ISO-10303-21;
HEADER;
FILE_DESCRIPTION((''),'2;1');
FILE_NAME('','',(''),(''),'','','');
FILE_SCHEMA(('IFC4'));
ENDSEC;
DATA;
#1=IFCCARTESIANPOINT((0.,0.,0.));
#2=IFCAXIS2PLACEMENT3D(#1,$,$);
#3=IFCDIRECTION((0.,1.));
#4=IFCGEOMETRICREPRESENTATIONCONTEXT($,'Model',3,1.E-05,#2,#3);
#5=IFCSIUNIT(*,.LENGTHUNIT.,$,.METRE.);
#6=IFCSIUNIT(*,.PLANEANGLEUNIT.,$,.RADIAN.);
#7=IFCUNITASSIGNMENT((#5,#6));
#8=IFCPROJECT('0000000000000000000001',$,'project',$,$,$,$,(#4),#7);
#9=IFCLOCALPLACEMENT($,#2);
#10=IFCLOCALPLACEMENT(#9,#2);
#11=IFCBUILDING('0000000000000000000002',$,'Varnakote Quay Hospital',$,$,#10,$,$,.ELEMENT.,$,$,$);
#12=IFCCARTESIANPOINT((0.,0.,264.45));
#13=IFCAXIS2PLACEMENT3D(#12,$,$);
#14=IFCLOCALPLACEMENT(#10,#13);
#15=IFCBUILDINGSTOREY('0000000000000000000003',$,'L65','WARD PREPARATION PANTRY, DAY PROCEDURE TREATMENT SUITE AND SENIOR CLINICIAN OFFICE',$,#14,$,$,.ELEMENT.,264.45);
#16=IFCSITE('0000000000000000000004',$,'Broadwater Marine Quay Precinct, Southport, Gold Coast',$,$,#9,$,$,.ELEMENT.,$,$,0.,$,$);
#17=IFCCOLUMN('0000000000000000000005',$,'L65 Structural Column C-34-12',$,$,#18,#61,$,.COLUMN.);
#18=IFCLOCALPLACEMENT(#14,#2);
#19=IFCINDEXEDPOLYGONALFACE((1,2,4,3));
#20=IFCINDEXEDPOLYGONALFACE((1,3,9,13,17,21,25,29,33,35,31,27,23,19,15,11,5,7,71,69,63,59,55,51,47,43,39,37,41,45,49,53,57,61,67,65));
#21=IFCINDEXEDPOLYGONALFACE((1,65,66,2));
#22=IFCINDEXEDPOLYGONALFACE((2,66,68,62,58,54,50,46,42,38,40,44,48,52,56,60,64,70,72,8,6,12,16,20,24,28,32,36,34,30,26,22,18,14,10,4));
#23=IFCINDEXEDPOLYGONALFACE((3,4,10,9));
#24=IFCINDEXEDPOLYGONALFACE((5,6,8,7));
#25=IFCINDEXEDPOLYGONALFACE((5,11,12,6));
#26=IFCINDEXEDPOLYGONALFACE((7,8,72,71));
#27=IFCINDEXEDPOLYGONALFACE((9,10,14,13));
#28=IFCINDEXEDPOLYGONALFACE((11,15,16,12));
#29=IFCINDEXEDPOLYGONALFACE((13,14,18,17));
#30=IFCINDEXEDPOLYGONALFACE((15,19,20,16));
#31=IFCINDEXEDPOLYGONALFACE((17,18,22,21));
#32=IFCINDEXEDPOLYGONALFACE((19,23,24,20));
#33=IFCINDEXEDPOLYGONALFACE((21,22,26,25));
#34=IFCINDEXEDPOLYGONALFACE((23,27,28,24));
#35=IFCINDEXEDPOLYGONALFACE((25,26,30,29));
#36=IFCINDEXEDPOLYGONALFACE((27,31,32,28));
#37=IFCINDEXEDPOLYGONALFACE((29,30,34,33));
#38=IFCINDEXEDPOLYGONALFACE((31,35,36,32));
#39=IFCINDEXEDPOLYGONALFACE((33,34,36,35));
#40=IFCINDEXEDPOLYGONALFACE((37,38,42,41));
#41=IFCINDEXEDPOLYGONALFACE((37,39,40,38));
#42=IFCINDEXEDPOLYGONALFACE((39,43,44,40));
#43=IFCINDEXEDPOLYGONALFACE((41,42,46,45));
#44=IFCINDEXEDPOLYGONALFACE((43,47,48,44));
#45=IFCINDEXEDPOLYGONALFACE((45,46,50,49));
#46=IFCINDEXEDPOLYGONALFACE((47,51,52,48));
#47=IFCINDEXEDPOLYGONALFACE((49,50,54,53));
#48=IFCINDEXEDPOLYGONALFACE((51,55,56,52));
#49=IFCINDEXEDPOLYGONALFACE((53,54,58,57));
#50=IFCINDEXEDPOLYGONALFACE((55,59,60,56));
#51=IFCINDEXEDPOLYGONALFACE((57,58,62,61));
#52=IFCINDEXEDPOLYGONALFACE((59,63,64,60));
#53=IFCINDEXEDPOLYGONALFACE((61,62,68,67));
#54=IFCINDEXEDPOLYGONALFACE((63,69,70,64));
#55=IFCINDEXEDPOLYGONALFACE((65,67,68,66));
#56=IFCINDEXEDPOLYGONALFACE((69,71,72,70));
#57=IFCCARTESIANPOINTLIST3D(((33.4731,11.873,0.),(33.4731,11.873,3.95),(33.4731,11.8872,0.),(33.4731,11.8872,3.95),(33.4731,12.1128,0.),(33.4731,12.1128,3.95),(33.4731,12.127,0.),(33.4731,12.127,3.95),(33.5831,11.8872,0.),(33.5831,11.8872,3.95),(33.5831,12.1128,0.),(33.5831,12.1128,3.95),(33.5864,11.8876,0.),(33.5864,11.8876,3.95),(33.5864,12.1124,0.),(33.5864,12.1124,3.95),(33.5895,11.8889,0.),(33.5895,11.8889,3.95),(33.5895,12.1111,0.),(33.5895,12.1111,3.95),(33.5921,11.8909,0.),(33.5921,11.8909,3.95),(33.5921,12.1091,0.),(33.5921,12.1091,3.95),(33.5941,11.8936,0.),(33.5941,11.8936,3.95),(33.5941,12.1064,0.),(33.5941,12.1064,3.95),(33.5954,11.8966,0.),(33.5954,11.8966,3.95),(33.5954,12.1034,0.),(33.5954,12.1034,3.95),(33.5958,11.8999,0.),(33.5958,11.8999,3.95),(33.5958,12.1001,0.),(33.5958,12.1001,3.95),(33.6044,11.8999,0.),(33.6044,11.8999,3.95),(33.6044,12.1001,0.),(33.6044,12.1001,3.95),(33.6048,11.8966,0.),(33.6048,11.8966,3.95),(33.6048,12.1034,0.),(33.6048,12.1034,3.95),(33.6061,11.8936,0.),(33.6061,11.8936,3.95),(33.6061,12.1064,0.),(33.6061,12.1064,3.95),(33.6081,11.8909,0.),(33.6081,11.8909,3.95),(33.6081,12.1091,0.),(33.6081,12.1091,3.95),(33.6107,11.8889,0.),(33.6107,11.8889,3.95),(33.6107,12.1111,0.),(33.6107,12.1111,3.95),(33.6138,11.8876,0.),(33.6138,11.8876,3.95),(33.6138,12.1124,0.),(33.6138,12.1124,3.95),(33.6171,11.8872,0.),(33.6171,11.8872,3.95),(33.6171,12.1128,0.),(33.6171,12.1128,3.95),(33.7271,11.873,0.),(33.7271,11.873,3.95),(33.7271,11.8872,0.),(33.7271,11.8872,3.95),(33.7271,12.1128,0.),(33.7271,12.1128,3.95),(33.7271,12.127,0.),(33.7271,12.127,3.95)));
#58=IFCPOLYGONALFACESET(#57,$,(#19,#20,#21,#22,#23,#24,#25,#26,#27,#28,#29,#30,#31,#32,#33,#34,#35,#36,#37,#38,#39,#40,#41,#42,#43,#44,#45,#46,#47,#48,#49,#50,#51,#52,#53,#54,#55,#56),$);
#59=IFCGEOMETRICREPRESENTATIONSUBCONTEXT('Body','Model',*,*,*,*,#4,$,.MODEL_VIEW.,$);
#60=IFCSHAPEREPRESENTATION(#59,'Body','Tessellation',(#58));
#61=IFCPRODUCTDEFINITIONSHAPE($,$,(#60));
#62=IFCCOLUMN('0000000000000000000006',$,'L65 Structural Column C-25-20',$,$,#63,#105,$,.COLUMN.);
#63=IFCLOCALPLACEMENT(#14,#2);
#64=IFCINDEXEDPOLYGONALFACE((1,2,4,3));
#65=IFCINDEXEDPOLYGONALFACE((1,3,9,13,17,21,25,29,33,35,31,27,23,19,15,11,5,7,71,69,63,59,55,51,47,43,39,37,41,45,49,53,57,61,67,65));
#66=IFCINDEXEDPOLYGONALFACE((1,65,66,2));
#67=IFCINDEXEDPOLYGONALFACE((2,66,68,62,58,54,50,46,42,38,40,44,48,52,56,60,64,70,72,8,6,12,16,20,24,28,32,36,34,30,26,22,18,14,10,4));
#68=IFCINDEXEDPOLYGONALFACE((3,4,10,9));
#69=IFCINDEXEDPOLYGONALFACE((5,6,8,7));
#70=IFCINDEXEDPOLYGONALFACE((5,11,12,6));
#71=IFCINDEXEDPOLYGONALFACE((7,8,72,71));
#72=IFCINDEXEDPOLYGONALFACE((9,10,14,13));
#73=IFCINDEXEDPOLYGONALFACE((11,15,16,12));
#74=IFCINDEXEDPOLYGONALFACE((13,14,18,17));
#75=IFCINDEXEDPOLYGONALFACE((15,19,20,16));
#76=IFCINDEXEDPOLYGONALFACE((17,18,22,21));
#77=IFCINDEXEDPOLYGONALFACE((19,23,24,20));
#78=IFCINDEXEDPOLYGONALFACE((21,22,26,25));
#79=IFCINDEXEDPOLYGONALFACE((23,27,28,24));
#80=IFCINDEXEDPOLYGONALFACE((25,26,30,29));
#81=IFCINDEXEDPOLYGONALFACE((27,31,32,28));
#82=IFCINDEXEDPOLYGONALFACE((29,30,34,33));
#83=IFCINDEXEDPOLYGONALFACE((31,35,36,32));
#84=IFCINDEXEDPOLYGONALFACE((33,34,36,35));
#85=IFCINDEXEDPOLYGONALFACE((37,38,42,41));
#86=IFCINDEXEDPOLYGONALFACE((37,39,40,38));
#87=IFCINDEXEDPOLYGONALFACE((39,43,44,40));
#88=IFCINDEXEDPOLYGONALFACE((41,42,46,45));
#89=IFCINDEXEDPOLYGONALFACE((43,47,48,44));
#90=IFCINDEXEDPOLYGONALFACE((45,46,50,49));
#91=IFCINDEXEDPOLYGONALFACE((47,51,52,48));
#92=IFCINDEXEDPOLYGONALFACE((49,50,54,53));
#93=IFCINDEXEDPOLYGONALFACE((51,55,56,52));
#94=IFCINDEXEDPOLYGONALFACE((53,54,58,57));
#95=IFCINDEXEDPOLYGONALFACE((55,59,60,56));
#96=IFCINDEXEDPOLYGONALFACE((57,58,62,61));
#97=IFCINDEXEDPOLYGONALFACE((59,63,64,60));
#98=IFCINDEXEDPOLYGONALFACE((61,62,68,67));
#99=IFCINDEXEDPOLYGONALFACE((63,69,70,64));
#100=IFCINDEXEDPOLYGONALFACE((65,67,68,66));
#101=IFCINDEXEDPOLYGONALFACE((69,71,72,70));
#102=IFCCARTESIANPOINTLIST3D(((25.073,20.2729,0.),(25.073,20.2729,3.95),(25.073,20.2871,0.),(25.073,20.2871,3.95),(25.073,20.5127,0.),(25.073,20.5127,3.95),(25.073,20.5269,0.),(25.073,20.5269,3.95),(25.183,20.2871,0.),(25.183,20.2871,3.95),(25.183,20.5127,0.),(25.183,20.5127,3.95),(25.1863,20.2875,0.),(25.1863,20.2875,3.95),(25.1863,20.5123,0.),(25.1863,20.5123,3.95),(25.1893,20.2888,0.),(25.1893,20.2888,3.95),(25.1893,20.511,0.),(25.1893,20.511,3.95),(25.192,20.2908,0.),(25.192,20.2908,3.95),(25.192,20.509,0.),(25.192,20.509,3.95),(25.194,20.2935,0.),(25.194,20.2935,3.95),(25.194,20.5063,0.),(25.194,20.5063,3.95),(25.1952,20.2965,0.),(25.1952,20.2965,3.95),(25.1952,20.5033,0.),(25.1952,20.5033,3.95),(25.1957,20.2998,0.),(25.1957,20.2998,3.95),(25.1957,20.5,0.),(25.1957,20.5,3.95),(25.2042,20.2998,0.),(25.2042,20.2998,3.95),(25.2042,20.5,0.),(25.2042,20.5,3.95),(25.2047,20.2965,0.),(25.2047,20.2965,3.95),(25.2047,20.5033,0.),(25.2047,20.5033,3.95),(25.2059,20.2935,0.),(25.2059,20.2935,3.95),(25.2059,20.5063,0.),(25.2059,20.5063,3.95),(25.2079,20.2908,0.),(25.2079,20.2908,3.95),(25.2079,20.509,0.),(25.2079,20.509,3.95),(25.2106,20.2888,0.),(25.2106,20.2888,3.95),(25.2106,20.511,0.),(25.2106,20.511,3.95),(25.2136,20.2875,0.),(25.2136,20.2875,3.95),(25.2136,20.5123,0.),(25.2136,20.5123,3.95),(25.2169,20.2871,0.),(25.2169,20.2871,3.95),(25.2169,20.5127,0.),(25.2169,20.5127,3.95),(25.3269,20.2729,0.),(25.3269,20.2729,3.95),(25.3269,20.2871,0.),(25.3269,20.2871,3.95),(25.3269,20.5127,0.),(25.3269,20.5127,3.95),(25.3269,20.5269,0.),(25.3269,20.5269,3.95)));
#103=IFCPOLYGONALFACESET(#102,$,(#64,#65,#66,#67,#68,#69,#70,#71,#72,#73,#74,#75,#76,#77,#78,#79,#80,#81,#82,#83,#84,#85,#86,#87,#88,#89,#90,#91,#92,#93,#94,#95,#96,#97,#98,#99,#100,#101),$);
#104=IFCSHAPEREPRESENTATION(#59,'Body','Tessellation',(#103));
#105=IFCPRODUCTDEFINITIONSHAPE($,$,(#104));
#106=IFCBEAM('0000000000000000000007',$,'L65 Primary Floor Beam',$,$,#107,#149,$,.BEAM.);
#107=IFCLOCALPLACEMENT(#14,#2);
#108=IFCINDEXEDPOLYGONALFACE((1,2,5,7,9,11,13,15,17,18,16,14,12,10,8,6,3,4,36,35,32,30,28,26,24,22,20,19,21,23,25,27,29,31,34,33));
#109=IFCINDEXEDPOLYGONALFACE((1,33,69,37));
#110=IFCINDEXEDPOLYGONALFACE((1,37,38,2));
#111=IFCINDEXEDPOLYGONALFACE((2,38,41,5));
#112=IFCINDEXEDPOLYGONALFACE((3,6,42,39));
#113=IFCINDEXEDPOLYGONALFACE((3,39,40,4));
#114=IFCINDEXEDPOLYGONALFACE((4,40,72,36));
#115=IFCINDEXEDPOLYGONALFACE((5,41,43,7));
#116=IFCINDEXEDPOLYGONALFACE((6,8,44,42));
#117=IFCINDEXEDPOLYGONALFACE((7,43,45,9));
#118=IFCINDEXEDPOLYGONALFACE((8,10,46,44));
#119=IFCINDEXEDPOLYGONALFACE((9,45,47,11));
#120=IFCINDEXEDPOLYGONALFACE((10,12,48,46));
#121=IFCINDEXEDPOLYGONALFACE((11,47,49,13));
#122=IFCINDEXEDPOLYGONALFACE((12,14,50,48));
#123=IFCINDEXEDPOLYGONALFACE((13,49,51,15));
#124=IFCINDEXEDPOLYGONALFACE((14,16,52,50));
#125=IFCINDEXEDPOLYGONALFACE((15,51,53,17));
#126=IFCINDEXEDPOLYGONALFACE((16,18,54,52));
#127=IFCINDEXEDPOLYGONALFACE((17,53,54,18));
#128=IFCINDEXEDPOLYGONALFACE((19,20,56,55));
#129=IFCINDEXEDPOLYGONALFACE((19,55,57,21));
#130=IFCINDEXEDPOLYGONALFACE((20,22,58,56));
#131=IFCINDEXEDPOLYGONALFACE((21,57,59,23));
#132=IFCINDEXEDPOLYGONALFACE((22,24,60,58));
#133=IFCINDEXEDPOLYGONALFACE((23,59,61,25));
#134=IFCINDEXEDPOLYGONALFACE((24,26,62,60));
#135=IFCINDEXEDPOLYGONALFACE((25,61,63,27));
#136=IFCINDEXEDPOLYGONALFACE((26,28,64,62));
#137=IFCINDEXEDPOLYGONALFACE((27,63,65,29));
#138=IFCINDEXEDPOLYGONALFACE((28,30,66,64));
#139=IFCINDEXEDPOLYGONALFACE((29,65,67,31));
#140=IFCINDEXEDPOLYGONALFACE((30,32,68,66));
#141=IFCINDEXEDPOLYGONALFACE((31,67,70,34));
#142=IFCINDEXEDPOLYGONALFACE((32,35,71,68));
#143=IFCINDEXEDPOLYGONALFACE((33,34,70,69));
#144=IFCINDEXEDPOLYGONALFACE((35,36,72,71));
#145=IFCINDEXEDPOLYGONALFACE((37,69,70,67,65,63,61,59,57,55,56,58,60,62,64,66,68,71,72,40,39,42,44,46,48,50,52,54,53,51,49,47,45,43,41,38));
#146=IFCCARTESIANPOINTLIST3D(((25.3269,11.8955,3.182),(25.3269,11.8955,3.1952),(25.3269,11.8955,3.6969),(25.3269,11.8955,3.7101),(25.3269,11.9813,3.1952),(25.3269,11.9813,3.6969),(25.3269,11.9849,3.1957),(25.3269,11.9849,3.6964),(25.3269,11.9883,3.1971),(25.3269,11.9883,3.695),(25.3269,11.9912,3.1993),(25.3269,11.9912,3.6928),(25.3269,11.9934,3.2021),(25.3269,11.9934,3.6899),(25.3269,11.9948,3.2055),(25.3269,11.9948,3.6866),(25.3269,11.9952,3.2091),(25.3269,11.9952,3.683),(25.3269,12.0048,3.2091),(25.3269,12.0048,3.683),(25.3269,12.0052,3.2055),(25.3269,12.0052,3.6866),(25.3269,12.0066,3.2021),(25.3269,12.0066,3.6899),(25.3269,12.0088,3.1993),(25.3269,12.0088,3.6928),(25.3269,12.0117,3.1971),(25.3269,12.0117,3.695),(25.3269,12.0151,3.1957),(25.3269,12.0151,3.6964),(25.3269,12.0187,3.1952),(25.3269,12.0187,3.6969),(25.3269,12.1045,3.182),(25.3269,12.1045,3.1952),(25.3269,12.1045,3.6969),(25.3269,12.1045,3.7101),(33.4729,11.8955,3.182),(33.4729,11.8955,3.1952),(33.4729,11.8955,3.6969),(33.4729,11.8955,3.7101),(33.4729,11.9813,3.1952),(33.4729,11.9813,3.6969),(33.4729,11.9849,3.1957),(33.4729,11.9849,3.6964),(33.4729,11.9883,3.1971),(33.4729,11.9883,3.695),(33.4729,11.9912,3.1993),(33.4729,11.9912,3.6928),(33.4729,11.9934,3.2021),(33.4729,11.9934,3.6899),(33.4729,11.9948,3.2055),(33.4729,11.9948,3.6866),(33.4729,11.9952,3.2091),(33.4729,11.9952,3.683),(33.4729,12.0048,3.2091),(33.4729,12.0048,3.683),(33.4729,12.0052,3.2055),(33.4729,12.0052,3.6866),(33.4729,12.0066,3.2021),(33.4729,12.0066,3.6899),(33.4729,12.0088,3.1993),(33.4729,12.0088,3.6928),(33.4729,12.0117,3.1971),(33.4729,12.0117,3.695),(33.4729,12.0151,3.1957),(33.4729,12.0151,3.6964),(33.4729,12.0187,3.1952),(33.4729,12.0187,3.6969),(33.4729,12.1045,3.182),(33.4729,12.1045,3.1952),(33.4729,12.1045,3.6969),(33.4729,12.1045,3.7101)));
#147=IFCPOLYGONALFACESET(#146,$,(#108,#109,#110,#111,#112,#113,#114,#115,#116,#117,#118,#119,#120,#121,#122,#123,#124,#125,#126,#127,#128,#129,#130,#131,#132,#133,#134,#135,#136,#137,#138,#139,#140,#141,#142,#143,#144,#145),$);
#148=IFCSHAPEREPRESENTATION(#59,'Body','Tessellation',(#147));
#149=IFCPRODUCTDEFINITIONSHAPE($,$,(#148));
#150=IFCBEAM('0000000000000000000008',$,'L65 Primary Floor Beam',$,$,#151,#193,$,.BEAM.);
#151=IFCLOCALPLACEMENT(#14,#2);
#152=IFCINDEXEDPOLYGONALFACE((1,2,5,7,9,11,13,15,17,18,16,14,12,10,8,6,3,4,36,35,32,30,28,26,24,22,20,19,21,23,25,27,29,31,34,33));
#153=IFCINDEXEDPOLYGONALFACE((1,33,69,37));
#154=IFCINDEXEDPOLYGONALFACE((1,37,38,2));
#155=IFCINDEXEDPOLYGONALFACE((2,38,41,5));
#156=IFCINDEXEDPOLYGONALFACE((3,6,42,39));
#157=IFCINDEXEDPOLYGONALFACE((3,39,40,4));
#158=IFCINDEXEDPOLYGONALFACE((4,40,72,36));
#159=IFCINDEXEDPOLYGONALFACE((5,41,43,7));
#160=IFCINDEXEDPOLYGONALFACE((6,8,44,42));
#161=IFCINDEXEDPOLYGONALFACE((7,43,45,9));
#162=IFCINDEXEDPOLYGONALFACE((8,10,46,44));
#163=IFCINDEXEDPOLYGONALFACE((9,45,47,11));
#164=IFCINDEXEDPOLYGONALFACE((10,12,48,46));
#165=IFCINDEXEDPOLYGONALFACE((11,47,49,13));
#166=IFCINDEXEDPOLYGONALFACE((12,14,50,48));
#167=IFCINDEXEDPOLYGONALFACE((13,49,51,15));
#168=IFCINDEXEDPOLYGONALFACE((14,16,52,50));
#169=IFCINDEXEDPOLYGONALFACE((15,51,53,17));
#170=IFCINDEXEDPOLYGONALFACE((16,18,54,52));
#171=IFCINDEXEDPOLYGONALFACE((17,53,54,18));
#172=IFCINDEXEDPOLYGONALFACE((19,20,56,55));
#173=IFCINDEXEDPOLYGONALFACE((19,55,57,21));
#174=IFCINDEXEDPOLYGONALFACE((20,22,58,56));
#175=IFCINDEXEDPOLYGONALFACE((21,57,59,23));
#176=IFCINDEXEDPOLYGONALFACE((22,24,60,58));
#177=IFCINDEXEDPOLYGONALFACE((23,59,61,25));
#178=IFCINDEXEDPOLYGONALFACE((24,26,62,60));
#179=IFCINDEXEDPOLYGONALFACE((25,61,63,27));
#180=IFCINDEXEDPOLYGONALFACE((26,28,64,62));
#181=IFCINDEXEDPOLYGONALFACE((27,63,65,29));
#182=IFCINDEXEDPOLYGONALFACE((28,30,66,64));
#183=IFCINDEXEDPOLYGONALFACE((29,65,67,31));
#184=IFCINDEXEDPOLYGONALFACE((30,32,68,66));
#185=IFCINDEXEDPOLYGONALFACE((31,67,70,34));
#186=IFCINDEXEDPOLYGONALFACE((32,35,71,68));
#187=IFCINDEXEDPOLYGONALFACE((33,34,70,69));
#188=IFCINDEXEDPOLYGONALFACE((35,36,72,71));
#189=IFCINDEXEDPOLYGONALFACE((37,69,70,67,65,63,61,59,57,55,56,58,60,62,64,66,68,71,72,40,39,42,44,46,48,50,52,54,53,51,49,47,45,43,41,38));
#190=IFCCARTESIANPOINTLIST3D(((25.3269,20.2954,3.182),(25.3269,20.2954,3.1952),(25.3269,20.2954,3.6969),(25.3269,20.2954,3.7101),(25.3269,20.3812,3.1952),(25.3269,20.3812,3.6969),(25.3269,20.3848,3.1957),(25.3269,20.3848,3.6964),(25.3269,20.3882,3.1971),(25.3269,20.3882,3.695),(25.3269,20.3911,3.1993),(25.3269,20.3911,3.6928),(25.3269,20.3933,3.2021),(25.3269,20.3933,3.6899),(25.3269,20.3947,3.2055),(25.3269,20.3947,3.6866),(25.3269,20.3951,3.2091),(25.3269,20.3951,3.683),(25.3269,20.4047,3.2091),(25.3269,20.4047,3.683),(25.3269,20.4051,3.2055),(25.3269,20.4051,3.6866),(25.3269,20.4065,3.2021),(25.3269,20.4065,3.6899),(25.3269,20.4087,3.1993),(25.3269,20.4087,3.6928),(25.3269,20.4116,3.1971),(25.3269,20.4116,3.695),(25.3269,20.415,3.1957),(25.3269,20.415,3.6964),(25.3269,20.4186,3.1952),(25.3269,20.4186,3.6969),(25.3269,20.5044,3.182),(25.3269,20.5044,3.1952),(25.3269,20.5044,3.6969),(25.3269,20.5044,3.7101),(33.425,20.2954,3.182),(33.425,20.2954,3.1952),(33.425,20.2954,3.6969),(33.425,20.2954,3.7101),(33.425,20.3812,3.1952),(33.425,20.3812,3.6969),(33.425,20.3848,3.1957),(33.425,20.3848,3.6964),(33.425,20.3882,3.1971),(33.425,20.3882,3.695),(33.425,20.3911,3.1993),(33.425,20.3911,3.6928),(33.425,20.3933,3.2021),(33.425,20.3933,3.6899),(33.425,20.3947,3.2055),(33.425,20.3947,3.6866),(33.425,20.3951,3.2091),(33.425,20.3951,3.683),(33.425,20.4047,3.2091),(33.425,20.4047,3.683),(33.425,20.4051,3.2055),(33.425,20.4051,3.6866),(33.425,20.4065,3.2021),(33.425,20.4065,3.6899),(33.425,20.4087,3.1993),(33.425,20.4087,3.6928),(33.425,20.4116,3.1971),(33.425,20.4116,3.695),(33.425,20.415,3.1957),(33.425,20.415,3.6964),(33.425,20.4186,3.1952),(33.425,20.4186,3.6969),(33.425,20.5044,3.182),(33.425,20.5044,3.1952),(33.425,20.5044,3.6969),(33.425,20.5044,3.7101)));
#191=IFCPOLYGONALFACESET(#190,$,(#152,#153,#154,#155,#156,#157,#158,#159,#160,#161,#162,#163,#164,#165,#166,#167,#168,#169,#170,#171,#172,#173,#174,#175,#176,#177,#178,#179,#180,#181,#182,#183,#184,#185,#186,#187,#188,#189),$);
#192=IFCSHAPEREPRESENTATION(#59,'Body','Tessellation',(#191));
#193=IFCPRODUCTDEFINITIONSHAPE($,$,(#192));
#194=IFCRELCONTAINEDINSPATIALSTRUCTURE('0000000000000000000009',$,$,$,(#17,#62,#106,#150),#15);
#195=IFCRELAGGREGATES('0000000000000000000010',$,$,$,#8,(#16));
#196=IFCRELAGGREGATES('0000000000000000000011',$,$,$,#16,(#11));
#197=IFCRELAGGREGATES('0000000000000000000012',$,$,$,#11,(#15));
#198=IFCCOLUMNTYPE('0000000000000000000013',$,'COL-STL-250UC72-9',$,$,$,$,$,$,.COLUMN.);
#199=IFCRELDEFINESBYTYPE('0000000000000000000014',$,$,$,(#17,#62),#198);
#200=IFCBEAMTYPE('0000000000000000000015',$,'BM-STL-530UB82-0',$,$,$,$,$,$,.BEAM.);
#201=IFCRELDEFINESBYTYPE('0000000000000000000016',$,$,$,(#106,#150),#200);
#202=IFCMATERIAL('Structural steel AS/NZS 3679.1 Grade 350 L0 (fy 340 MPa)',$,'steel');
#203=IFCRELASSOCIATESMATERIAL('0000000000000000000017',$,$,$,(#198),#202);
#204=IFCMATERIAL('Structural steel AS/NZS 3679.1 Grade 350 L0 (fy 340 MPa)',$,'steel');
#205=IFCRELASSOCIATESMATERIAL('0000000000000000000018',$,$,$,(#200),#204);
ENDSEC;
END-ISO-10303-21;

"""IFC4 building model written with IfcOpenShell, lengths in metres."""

from ifc_helpers import new_model, si_unit, direction, frame, origin, origin_2d, place, context, subcontext, project, spatial, i_section, extrude, material, material_profile, profile_set, type_object, element, save


model = new_model("IFC4")

# Units and contexts
model_context = context("Model", 3, precision=1e-05, world=origin(), true_north=direction((0.0, 1.0)))
body_context = subcontext(model_context, "Body", "Model", "MODEL_VIEW")
ifc_project = project(units=[si_unit("LENGTHUNIT", "METRE"), si_unit("PLANEANGLEUNIT", "RADIAN")], contexts=[model_context])

# Site, building, storey
site_placement = place(None, origin())
site = spatial("IfcSite", under=ifc_project, at=site_placement, Name="Broadwater Marine Quay Precinct, Southport, Gold Coast", CompositionType="ELEMENT", RefElevation=0.0)
building_placement = place(site_placement, origin())
building = spatial("IfcBuilding", under=site, at=building_placement, Name="Varnakote Quay Hospital", CompositionType="ELEMENT")
storey_placement = place(building_placement, frame((0.0, 0.0, 264.45)))
storey = spatial("IfcBuildingStorey", under=building, at=storey_placement, Name="L65", Description="WARD PREPARATION PANTRY, DAY PROCEDURE TREATMENT SUITE AND SENIOR CLINICIAN OFFICE", CompositionType="ELEMENT", Elevation=264.45)

# Columns
ifc_material_1 = material(Name="Structural steel AS/NZS 3679.1 Grade 350 L0 (fy 340 MPa)", Category="steel")
ifc_material_profile_1 = material_profile(ifc_material_1, i_section(OverallWidth=0.2539, OverallDepth=0.2539, WebThickness=0.0085, FlangeThickness=0.0142, FilletRadius=0.0127, at=origin_2d()), Name="250UC72.9")
ifc_profile_set_1 = profile_set([ifc_material_profile_1], Name="Structural steel AS/NZS 3679.1 Grade 350 L0 (fy 340 MPa)")
column_type_1 = type_object("IfcColumnType", Name="COL-STL-250UC72-9", PredefinedType="COLUMN", material=ifc_profile_set_1)
for number, where, z_axis, x_axis, name in (
    (1, (33.6001, 12.0, 0.0), (0.0, 0.0, 1.0), (1.0, 0.0, 0.0), "L65 Structural Column C-34-12"),
    (2, (25.2, 20.3999, 0.0), (0.0, 0.0, 1.0), (1.0, 0.0, 0.0), "L65 Structural Column C-25-20"),
):
    element("IfcColumn", number, at=place(storey_placement, frame(where, z_axis=z_axis, x_axis=x_axis)), inside=storey, type_object=column_type_1, Name=name, PredefinedType="COLUMN", context=body_context, shape_type="SweptSolid", body=[
        extrude(i_section(OverallWidth=0.2539, OverallDepth=0.2539, WebThickness=0.0085, FlangeThickness=0.0142, FilletRadius=0.0127, at=origin_2d()), origin(), (0.0, 0.0, 1.0), 3.95),
    ])

# Beams
ifc_material_2 = material(Name="Structural steel AS/NZS 3679.1 Grade 350 L0 (fy 340 MPa)", Category="steel")
ifc_material_profile_2 = material_profile(ifc_material_2, i_section(OverallWidth=0.209, OverallDepth=0.5281, WebThickness=0.0095, FlangeThickness=0.0132, FilletRadius=0.0139, at=origin_2d()), Name="530UB82.0")
ifc_profile_set_2 = profile_set([ifc_material_profile_2], Name="Structural steel AS/NZS 3679.1 Grade 350 L0 (fy 340 MPa)")
beam_type_1 = type_object("IfcBeamType", Name="BM-STL-530UB82-0", PredefinedType="BEAM", material=ifc_profile_set_2)
beam_1_placement = place(storey_placement, frame((25.3269, 12.0, 3.446), z_axis=(1.0, 0.0, 0.0), x_axis=(0.0, 1.0, 0.0)))
element("IfcBeam", 3, at=beam_1_placement, inside=storey, type_object=beam_type_1, Name="L65 Primary Floor Beam", PredefinedType="BEAM", context=body_context, shape_type="SweptSolid", body=[
    extrude(i_section(OverallWidth=0.209, OverallDepth=0.5281, WebThickness=0.0095, FlangeThickness=0.0132, FilletRadius=0.0139, at=origin_2d()), origin(), (0.0, 0.0, 1.0), 8.146),
])
beam_2_placement = place(storey_placement, frame((25.3269, 20.3999, 3.446), z_axis=(1.0, 0.0, 0.0), x_axis=(0.0, 1.0, 0.0)))
element("IfcBeam", 4, at=beam_2_placement, inside=storey, type_object=beam_type_1, Name="L65 Primary Floor Beam", PredefinedType="BEAM", context=body_context, shape_type="SweptSolid", body=[
    extrude(i_section(OverallWidth=0.209, OverallDepth=0.5281, WebThickness=0.0095, FlangeThickness=0.0132, FilletRadius=0.0139, at=origin_2d()), origin(), (0.0, 0.0, 1.0), 8.0981),
])

save(model, "model.ifc")
